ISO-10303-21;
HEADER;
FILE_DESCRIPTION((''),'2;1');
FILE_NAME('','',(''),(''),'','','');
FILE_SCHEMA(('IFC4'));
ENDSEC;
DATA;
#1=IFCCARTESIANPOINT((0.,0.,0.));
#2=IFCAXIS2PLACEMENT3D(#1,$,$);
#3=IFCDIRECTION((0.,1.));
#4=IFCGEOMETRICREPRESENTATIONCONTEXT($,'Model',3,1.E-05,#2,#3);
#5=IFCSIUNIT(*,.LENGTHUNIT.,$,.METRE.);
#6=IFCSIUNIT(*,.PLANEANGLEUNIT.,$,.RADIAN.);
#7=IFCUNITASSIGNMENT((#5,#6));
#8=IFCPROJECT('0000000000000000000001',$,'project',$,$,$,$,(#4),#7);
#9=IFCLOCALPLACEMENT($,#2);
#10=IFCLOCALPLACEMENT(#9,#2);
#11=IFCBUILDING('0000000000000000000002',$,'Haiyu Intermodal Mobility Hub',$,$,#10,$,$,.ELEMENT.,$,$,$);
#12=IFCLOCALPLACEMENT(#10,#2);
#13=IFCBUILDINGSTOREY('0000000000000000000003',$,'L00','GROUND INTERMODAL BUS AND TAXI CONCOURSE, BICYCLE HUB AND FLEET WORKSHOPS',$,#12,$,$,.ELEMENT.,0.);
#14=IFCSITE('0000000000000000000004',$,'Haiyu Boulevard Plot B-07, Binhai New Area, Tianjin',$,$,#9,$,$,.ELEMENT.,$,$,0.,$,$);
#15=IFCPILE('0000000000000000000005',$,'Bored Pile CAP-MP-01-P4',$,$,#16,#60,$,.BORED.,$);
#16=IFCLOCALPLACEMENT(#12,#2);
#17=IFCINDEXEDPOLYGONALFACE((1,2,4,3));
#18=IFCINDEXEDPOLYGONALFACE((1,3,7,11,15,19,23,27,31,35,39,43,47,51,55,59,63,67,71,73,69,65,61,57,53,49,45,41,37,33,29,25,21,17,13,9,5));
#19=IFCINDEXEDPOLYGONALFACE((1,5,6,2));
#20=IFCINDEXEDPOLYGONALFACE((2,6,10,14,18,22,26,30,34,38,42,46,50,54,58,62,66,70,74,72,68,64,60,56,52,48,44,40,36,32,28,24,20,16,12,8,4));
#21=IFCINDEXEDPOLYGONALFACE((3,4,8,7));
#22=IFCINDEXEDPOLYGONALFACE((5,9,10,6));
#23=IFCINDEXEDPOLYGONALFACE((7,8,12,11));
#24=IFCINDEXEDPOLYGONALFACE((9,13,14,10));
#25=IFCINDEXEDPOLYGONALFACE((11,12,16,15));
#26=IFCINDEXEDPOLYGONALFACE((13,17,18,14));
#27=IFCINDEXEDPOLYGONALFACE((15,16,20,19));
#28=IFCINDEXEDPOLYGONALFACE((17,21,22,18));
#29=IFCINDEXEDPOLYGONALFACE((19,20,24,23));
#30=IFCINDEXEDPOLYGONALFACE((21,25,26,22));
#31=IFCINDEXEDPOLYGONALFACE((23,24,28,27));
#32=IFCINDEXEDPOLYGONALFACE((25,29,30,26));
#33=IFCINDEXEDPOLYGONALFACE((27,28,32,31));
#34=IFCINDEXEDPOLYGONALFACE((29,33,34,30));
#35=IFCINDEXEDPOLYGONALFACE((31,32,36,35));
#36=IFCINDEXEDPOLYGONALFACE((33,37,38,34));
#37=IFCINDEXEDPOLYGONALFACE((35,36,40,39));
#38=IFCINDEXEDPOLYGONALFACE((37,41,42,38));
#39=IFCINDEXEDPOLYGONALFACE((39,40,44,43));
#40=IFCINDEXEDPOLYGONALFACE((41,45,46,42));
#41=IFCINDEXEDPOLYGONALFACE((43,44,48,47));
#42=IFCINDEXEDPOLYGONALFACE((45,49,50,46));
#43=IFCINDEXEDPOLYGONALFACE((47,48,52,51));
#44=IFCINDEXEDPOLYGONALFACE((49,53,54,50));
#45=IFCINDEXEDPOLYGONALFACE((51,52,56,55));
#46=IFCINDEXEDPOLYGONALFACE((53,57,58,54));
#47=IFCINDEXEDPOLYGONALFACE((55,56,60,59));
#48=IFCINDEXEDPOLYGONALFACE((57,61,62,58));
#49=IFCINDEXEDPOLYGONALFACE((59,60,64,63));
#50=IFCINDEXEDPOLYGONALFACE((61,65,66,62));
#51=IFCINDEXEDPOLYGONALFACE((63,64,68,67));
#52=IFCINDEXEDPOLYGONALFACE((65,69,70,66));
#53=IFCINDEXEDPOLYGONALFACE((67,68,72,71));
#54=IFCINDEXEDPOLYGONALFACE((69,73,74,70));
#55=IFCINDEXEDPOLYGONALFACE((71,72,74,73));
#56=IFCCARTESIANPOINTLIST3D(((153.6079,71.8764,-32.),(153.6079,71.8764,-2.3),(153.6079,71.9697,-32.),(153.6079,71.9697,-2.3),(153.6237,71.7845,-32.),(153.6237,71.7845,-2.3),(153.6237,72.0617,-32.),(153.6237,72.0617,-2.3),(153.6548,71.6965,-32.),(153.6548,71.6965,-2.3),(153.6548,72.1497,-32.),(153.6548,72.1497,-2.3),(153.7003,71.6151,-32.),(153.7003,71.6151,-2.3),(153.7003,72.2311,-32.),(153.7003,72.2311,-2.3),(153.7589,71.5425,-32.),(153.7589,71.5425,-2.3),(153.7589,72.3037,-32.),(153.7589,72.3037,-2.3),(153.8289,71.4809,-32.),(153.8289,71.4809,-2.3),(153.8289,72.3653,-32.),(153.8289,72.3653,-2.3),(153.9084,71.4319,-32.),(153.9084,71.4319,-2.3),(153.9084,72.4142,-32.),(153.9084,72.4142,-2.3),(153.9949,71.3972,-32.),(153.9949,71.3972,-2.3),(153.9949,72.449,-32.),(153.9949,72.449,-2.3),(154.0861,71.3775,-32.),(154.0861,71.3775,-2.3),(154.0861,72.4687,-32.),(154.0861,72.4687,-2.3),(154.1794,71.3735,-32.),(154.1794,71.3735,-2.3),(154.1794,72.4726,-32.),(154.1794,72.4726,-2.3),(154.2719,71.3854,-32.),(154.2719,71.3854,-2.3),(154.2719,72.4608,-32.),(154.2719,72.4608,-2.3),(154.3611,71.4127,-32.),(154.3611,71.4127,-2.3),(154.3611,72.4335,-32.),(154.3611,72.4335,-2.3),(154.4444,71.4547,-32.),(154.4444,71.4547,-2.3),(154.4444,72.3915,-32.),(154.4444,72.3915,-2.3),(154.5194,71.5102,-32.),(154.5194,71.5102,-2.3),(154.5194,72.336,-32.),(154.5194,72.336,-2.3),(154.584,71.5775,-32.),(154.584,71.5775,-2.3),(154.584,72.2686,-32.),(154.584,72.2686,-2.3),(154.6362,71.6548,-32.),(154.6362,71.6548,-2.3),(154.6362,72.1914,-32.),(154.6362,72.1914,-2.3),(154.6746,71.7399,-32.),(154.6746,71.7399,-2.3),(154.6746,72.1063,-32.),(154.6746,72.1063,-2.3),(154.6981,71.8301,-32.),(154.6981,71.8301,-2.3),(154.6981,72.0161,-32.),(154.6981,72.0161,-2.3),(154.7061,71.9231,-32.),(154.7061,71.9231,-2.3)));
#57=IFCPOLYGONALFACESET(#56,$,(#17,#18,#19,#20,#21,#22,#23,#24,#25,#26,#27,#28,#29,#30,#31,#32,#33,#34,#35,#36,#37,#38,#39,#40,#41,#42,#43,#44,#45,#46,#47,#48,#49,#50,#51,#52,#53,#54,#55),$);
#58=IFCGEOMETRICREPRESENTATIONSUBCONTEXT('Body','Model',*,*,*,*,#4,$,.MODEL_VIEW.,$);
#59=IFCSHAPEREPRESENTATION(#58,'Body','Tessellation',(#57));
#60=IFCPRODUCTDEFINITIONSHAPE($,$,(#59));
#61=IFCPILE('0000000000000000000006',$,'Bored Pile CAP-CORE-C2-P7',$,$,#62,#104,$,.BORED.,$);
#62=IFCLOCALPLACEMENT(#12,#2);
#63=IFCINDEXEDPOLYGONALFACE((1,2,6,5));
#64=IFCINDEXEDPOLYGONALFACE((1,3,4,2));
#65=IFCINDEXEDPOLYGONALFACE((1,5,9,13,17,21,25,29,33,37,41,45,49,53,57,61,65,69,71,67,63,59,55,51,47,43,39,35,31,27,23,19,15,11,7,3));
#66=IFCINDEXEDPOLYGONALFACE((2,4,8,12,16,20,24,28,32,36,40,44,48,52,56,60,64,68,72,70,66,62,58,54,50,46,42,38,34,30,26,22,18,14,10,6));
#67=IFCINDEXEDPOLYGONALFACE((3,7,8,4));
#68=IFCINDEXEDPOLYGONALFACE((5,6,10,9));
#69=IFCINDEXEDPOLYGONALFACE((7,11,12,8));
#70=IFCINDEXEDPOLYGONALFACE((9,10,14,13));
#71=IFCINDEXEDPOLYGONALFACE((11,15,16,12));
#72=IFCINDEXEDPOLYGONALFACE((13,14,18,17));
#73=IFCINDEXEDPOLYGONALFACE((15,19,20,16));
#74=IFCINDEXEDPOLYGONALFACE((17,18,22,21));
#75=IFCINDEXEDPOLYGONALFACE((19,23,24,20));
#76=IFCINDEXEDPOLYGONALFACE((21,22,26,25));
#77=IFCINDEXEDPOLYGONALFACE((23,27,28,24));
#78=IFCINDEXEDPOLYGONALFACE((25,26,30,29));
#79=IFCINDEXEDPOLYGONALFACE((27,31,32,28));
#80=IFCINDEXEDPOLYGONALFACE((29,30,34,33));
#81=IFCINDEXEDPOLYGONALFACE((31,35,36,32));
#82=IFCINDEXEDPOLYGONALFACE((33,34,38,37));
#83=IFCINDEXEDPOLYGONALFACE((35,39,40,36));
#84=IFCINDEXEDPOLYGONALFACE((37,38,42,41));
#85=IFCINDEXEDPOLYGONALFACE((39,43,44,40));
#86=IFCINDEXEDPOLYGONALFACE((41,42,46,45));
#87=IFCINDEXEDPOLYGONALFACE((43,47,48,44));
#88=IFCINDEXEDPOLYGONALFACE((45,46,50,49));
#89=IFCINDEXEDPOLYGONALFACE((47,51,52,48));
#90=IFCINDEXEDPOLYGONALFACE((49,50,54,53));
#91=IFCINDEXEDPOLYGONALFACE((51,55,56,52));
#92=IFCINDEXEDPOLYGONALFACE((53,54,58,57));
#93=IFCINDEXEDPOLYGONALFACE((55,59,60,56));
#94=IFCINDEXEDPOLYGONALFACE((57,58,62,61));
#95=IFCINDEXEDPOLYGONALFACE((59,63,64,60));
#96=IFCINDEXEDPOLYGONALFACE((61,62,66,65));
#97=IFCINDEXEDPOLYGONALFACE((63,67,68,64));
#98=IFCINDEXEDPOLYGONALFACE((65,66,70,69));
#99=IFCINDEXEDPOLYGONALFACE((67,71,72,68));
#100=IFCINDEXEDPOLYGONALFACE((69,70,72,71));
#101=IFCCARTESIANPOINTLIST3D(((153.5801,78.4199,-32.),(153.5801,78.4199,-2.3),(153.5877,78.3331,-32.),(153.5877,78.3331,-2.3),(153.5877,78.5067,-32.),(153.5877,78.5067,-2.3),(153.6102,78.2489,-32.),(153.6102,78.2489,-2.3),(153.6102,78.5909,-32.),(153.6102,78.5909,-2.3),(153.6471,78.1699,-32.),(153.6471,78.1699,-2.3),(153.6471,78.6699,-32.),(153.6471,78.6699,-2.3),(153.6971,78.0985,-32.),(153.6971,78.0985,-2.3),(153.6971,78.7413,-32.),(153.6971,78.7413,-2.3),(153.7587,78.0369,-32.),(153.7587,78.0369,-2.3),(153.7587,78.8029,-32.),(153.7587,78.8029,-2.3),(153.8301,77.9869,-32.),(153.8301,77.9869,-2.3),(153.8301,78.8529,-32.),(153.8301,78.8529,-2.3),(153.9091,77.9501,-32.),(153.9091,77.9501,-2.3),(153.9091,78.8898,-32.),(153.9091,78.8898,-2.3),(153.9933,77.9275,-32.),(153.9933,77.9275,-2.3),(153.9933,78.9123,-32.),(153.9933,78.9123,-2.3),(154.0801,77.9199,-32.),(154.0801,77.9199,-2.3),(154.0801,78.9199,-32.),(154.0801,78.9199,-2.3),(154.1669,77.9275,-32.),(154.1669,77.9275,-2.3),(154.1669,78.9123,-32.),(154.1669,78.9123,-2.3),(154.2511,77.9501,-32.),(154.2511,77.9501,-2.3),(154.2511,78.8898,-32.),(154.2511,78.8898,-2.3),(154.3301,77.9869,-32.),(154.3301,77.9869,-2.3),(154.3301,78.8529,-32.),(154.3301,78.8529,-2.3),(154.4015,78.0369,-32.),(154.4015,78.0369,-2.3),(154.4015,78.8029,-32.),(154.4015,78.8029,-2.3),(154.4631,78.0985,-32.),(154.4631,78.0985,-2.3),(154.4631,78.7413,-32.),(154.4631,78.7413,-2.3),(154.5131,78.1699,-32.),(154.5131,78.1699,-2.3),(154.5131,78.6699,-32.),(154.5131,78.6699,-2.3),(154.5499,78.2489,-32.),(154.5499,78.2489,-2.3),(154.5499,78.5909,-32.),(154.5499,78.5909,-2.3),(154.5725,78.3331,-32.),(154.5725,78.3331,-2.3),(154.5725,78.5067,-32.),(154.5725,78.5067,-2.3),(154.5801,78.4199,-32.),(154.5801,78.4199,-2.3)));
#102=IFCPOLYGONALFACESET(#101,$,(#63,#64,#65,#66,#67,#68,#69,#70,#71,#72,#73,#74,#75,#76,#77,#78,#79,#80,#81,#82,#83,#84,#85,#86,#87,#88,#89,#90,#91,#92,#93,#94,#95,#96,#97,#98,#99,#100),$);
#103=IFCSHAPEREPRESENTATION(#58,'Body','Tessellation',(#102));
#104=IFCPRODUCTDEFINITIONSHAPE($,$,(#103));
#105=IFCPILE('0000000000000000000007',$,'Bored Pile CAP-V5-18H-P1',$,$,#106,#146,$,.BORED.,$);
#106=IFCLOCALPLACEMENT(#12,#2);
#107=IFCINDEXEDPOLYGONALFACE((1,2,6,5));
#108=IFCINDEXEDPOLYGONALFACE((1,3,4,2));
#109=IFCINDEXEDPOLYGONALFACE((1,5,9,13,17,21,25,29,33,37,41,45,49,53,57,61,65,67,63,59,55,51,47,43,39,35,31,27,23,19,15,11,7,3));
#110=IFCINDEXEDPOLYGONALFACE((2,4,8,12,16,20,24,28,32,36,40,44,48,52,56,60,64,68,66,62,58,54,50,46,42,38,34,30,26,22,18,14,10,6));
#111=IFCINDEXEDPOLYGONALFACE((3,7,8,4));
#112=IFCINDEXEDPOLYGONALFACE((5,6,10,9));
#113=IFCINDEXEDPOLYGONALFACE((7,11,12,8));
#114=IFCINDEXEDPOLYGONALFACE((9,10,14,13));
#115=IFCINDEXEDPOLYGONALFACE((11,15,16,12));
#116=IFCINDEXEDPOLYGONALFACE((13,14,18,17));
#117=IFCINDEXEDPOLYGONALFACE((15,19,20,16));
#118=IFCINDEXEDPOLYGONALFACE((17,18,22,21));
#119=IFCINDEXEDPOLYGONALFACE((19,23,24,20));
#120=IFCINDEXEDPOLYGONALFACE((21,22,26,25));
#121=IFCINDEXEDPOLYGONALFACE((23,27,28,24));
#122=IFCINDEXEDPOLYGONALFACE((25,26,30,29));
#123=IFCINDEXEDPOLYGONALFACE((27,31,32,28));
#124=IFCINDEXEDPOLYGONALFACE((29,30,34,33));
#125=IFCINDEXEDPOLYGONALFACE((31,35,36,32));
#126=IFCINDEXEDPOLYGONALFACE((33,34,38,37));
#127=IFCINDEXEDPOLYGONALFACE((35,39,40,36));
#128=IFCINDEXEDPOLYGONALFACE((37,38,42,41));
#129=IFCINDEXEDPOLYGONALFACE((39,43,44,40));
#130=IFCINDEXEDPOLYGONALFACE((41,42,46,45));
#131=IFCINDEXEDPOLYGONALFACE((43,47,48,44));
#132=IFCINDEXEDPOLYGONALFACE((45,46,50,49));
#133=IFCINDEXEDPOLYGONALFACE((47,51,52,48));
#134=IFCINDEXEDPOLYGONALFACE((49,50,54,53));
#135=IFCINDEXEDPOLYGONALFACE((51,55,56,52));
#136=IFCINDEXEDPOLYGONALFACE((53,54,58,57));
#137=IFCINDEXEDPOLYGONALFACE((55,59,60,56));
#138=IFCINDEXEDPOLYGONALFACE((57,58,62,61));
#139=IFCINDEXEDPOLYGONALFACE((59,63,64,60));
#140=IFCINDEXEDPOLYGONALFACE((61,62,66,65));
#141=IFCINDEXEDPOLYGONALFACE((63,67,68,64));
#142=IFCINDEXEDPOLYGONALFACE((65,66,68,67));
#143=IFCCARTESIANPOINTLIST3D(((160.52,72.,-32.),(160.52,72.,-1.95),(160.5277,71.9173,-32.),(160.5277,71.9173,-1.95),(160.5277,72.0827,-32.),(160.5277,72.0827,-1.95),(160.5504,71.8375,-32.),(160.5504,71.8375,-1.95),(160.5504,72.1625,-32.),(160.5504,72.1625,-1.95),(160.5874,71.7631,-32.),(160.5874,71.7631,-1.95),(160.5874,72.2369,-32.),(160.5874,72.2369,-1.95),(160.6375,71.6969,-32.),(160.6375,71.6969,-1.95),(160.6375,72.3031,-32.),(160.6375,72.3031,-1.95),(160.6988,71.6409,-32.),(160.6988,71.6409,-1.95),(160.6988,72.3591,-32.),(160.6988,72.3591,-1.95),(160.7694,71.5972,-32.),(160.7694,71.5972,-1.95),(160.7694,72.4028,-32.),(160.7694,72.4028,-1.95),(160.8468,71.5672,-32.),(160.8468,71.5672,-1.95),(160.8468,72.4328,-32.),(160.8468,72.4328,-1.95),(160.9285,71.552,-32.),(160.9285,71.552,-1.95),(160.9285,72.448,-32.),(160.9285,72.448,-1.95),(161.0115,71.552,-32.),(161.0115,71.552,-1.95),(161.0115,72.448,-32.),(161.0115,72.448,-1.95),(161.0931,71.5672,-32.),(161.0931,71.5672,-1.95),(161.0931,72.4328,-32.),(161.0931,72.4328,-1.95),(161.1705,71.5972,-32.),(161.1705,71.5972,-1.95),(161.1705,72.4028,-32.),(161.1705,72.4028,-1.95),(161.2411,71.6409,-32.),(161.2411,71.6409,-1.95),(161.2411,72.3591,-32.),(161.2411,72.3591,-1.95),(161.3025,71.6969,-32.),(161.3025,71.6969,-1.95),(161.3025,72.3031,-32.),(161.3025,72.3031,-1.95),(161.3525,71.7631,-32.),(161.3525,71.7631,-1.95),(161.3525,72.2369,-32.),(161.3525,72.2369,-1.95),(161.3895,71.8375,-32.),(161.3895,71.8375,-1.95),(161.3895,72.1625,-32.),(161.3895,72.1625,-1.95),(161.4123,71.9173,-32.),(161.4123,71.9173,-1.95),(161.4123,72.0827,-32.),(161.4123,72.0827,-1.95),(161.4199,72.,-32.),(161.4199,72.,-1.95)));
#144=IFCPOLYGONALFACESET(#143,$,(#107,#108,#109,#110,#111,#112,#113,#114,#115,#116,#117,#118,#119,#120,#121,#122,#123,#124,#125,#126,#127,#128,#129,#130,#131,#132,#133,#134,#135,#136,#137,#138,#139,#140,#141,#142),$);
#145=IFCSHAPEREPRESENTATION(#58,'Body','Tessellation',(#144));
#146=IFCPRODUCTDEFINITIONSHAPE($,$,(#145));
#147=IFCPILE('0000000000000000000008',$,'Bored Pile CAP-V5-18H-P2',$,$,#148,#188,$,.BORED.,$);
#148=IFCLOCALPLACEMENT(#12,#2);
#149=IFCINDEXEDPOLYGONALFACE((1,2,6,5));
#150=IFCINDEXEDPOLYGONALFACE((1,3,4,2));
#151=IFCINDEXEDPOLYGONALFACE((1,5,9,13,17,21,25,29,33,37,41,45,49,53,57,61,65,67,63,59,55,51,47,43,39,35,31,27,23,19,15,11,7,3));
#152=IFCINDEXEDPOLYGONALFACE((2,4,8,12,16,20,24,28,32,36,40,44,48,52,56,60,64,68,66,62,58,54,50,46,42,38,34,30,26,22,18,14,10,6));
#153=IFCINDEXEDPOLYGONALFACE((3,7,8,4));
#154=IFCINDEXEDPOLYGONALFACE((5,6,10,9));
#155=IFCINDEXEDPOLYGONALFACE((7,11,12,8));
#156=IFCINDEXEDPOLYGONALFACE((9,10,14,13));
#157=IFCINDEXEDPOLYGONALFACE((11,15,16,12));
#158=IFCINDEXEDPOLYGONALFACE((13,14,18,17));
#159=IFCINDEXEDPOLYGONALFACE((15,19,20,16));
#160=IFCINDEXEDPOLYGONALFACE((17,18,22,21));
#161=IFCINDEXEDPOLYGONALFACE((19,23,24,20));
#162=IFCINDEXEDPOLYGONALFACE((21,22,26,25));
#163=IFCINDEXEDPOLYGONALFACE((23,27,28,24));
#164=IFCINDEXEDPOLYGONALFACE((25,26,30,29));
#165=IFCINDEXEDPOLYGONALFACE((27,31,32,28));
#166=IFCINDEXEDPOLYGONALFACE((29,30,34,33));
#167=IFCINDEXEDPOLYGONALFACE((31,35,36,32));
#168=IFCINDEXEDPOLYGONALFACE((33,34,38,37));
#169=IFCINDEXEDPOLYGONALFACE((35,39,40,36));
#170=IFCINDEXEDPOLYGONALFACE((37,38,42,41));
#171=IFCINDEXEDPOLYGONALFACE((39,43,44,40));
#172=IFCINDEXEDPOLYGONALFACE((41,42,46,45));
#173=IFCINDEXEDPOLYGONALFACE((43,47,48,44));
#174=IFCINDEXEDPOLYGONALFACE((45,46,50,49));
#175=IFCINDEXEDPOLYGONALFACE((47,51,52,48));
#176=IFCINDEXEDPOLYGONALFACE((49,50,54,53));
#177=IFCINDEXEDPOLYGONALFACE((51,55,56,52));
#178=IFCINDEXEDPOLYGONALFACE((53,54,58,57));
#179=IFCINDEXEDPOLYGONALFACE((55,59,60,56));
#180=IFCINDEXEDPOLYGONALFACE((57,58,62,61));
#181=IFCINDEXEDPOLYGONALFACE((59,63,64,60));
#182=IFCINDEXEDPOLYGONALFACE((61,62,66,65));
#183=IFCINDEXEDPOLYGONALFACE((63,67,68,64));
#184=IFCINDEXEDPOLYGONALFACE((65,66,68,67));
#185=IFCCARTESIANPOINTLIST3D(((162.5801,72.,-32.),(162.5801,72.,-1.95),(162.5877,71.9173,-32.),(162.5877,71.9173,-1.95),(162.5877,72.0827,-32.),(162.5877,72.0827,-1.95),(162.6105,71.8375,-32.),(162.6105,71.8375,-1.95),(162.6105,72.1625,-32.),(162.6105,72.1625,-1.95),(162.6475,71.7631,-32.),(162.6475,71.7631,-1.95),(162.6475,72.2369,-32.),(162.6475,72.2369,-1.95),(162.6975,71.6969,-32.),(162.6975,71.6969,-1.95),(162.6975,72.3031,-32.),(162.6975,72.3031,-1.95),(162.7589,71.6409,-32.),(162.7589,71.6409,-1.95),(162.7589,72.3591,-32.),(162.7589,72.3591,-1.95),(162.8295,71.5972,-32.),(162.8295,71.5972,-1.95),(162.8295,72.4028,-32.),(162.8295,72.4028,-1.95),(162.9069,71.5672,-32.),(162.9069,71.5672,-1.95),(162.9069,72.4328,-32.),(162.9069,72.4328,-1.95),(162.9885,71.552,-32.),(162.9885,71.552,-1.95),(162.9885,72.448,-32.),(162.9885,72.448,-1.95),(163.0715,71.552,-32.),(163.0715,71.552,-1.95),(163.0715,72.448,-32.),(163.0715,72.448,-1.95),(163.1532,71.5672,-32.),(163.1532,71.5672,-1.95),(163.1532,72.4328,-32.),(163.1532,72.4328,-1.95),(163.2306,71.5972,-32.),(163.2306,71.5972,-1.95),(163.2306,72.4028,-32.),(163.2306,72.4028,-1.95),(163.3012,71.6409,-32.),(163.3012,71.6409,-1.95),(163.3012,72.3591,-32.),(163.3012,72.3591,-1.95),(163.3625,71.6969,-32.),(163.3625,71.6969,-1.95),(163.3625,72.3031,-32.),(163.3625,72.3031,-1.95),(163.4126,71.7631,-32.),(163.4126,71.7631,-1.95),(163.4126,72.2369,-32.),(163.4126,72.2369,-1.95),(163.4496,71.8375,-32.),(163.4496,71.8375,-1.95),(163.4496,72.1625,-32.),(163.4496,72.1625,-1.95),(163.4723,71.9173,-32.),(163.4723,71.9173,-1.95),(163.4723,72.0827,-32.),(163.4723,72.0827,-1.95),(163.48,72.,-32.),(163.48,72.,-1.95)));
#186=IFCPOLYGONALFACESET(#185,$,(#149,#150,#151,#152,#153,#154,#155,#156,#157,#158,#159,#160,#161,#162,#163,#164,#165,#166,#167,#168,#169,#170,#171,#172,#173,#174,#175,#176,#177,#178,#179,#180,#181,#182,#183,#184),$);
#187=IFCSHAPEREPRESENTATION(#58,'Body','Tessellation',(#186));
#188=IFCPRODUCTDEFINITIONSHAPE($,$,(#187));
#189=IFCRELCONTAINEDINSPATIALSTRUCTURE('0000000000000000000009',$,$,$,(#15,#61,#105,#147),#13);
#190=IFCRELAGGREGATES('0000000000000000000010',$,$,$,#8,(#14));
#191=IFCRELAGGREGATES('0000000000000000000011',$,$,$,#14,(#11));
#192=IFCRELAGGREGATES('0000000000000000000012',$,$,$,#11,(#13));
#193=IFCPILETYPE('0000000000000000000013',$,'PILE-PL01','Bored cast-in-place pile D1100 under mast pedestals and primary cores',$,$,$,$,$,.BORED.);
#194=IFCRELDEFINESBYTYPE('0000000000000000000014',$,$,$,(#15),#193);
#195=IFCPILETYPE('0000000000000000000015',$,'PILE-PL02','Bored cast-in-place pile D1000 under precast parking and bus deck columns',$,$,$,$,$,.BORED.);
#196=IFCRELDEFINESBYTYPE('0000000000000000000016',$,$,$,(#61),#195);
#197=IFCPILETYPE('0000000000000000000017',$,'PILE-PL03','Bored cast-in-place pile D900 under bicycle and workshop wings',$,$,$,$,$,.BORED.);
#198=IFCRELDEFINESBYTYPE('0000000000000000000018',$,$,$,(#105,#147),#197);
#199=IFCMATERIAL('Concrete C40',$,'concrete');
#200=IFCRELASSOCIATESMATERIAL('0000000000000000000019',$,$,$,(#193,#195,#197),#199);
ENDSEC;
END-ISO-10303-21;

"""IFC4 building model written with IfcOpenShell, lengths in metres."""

from ifc_helpers import new_model, si_unit, direction, frame, origin, origin_2d, place, context, subcontext, project, spatial, circle, extrude, material, material_profile, profile_set, type_object, element, save


model = new_model("IFC4")

# Units and contexts
model_context = context("Model", 3, precision=1e-05, world=origin(), true_north=direction((0.0, 1.0)))
body_context = subcontext(model_context, "Body", "Model", "MODEL_VIEW")
ifc_project = project(units=[si_unit("LENGTHUNIT", "METRE"), si_unit("PLANEANGLEUNIT", "RADIAN")], contexts=[model_context])

# Site, building, storey
site_placement = place(None, origin())
site = spatial("IfcSite", under=ifc_project, at=site_placement, Name="Haiyu Boulevard Plot B-07, Binhai New Area, Tianjin", CompositionType="ELEMENT", RefElevation=0.0)
building_placement = place(site_placement, origin())
building = spatial("IfcBuilding", under=site, at=building_placement, Name="Haiyu Intermodal Mobility Hub", CompositionType="ELEMENT")
storey_placement = place(building_placement, origin())
storey = spatial("IfcBuildingStorey", under=building, at=storey_placement, Name="L00", Description="GROUND INTERMODAL BUS AND TAXI CONCOURSE, BICYCLE HUB AND FLEET WORKSHOPS", CompositionType="ELEMENT", Elevation=0.0)

# Shared definitions
ifc_material_1 = material(Name="Concrete C40", Category="concrete")

# Piles
ifc_material_profile_1 = material_profile(ifc_material_1, circle(Radius=0.55, at=origin_2d()), Name="PILE-D1100")
ifc_profile_set_1 = profile_set([ifc_material_profile_1], Name="Concrete C40")
pile_type_1 = type_object("IfcPileType", Name="PILE-PL01", Description="Bored cast-in-place pile D1100 under mast pedestals and primary cores", PredefinedType="BORED", material=ifc_profile_set_1)
for number, where, z_axis, x_axis, name in (
    (1, (154.156, 71.9231, -2.3), (0.0, 0.0, -1.0), (1.0, 0.0, 0.0), "Bored Pile CAP-MP-01-P4"),
):
    element("IfcPile", number, at=place(storey_placement, frame(where, z_axis=z_axis, x_axis=x_axis)), inside=storey, type_object=pile_type_1, Name=name, PredefinedType="BORED", context=body_context, shape_type="SweptSolid", body=[
        extrude(circle(Radius=0.55, at=origin_2d()), origin(), (0.0, 0.0, 1.0), 29.7),
    ])
ifc_material_profile_2 = material_profile(ifc_material_1, circle(Radius=0.5, at=origin_2d()), Name="PILE-D1000")
ifc_profile_set_2 = profile_set([ifc_material_profile_2], Name="Concrete C40")
pile_type_2 = type_object("IfcPileType", Name="PILE-PL02", Description="Bored cast-in-place pile D1000 under precast parking and bus deck columns", PredefinedType="BORED", material=ifc_profile_set_2)
pile_1_placement = place(storey_placement, frame((154.0801, 78.4199, -2.3), z_axis=(0.0, 0.0, -1.0), x_axis=(1.0, 0.0, 0.0)))
element("IfcPile", 2, at=pile_1_placement, inside=storey, type_object=pile_type_2, Name="Bored Pile CAP-CORE-C2-P7", PredefinedType="BORED", context=body_context, shape_type="SweptSolid", body=[
    extrude(circle(Radius=0.5, at=origin_2d()), origin(), (0.0, 0.0, 1.0), 29.7),
])
ifc_material_profile_3 = material_profile(ifc_material_1, circle(Radius=0.45, at=origin_2d()), Name="PILE-D900")
ifc_profile_set_3 = profile_set([ifc_material_profile_3], Name="Concrete C40")
pile_type_3 = type_object("IfcPileType", Name="PILE-PL03", Description="Bored cast-in-place pile D900 under bicycle and workshop wings", PredefinedType="BORED", material=ifc_profile_set_3)
for number, where, z_axis, x_axis, name in (
    (3, (160.97, 72.0, -1.95), (0.0, 0.0, -1.0), (1.0, 0.0, 0.0), "Bored Pile CAP-V5-18H-P1"),
    (4, (163.03, 72.0, -1.95), (0.0, 0.0, -1.0), (1.0, 0.0, 0.0), "Bored Pile CAP-V5-18H-P2"),
):
    element("IfcPile", number, at=place(storey_placement, frame(where, z_axis=z_axis, x_axis=x_axis)), inside=storey, type_object=pile_type_3, Name=name, PredefinedType="BORED", context=body_context, shape_type="SweptSolid", body=[
        extrude(circle(Radius=0.45, at=origin_2d()), origin(), (0.0, 0.0, 1.0), 30.05),
    ])

save(model, "model.ifc")
